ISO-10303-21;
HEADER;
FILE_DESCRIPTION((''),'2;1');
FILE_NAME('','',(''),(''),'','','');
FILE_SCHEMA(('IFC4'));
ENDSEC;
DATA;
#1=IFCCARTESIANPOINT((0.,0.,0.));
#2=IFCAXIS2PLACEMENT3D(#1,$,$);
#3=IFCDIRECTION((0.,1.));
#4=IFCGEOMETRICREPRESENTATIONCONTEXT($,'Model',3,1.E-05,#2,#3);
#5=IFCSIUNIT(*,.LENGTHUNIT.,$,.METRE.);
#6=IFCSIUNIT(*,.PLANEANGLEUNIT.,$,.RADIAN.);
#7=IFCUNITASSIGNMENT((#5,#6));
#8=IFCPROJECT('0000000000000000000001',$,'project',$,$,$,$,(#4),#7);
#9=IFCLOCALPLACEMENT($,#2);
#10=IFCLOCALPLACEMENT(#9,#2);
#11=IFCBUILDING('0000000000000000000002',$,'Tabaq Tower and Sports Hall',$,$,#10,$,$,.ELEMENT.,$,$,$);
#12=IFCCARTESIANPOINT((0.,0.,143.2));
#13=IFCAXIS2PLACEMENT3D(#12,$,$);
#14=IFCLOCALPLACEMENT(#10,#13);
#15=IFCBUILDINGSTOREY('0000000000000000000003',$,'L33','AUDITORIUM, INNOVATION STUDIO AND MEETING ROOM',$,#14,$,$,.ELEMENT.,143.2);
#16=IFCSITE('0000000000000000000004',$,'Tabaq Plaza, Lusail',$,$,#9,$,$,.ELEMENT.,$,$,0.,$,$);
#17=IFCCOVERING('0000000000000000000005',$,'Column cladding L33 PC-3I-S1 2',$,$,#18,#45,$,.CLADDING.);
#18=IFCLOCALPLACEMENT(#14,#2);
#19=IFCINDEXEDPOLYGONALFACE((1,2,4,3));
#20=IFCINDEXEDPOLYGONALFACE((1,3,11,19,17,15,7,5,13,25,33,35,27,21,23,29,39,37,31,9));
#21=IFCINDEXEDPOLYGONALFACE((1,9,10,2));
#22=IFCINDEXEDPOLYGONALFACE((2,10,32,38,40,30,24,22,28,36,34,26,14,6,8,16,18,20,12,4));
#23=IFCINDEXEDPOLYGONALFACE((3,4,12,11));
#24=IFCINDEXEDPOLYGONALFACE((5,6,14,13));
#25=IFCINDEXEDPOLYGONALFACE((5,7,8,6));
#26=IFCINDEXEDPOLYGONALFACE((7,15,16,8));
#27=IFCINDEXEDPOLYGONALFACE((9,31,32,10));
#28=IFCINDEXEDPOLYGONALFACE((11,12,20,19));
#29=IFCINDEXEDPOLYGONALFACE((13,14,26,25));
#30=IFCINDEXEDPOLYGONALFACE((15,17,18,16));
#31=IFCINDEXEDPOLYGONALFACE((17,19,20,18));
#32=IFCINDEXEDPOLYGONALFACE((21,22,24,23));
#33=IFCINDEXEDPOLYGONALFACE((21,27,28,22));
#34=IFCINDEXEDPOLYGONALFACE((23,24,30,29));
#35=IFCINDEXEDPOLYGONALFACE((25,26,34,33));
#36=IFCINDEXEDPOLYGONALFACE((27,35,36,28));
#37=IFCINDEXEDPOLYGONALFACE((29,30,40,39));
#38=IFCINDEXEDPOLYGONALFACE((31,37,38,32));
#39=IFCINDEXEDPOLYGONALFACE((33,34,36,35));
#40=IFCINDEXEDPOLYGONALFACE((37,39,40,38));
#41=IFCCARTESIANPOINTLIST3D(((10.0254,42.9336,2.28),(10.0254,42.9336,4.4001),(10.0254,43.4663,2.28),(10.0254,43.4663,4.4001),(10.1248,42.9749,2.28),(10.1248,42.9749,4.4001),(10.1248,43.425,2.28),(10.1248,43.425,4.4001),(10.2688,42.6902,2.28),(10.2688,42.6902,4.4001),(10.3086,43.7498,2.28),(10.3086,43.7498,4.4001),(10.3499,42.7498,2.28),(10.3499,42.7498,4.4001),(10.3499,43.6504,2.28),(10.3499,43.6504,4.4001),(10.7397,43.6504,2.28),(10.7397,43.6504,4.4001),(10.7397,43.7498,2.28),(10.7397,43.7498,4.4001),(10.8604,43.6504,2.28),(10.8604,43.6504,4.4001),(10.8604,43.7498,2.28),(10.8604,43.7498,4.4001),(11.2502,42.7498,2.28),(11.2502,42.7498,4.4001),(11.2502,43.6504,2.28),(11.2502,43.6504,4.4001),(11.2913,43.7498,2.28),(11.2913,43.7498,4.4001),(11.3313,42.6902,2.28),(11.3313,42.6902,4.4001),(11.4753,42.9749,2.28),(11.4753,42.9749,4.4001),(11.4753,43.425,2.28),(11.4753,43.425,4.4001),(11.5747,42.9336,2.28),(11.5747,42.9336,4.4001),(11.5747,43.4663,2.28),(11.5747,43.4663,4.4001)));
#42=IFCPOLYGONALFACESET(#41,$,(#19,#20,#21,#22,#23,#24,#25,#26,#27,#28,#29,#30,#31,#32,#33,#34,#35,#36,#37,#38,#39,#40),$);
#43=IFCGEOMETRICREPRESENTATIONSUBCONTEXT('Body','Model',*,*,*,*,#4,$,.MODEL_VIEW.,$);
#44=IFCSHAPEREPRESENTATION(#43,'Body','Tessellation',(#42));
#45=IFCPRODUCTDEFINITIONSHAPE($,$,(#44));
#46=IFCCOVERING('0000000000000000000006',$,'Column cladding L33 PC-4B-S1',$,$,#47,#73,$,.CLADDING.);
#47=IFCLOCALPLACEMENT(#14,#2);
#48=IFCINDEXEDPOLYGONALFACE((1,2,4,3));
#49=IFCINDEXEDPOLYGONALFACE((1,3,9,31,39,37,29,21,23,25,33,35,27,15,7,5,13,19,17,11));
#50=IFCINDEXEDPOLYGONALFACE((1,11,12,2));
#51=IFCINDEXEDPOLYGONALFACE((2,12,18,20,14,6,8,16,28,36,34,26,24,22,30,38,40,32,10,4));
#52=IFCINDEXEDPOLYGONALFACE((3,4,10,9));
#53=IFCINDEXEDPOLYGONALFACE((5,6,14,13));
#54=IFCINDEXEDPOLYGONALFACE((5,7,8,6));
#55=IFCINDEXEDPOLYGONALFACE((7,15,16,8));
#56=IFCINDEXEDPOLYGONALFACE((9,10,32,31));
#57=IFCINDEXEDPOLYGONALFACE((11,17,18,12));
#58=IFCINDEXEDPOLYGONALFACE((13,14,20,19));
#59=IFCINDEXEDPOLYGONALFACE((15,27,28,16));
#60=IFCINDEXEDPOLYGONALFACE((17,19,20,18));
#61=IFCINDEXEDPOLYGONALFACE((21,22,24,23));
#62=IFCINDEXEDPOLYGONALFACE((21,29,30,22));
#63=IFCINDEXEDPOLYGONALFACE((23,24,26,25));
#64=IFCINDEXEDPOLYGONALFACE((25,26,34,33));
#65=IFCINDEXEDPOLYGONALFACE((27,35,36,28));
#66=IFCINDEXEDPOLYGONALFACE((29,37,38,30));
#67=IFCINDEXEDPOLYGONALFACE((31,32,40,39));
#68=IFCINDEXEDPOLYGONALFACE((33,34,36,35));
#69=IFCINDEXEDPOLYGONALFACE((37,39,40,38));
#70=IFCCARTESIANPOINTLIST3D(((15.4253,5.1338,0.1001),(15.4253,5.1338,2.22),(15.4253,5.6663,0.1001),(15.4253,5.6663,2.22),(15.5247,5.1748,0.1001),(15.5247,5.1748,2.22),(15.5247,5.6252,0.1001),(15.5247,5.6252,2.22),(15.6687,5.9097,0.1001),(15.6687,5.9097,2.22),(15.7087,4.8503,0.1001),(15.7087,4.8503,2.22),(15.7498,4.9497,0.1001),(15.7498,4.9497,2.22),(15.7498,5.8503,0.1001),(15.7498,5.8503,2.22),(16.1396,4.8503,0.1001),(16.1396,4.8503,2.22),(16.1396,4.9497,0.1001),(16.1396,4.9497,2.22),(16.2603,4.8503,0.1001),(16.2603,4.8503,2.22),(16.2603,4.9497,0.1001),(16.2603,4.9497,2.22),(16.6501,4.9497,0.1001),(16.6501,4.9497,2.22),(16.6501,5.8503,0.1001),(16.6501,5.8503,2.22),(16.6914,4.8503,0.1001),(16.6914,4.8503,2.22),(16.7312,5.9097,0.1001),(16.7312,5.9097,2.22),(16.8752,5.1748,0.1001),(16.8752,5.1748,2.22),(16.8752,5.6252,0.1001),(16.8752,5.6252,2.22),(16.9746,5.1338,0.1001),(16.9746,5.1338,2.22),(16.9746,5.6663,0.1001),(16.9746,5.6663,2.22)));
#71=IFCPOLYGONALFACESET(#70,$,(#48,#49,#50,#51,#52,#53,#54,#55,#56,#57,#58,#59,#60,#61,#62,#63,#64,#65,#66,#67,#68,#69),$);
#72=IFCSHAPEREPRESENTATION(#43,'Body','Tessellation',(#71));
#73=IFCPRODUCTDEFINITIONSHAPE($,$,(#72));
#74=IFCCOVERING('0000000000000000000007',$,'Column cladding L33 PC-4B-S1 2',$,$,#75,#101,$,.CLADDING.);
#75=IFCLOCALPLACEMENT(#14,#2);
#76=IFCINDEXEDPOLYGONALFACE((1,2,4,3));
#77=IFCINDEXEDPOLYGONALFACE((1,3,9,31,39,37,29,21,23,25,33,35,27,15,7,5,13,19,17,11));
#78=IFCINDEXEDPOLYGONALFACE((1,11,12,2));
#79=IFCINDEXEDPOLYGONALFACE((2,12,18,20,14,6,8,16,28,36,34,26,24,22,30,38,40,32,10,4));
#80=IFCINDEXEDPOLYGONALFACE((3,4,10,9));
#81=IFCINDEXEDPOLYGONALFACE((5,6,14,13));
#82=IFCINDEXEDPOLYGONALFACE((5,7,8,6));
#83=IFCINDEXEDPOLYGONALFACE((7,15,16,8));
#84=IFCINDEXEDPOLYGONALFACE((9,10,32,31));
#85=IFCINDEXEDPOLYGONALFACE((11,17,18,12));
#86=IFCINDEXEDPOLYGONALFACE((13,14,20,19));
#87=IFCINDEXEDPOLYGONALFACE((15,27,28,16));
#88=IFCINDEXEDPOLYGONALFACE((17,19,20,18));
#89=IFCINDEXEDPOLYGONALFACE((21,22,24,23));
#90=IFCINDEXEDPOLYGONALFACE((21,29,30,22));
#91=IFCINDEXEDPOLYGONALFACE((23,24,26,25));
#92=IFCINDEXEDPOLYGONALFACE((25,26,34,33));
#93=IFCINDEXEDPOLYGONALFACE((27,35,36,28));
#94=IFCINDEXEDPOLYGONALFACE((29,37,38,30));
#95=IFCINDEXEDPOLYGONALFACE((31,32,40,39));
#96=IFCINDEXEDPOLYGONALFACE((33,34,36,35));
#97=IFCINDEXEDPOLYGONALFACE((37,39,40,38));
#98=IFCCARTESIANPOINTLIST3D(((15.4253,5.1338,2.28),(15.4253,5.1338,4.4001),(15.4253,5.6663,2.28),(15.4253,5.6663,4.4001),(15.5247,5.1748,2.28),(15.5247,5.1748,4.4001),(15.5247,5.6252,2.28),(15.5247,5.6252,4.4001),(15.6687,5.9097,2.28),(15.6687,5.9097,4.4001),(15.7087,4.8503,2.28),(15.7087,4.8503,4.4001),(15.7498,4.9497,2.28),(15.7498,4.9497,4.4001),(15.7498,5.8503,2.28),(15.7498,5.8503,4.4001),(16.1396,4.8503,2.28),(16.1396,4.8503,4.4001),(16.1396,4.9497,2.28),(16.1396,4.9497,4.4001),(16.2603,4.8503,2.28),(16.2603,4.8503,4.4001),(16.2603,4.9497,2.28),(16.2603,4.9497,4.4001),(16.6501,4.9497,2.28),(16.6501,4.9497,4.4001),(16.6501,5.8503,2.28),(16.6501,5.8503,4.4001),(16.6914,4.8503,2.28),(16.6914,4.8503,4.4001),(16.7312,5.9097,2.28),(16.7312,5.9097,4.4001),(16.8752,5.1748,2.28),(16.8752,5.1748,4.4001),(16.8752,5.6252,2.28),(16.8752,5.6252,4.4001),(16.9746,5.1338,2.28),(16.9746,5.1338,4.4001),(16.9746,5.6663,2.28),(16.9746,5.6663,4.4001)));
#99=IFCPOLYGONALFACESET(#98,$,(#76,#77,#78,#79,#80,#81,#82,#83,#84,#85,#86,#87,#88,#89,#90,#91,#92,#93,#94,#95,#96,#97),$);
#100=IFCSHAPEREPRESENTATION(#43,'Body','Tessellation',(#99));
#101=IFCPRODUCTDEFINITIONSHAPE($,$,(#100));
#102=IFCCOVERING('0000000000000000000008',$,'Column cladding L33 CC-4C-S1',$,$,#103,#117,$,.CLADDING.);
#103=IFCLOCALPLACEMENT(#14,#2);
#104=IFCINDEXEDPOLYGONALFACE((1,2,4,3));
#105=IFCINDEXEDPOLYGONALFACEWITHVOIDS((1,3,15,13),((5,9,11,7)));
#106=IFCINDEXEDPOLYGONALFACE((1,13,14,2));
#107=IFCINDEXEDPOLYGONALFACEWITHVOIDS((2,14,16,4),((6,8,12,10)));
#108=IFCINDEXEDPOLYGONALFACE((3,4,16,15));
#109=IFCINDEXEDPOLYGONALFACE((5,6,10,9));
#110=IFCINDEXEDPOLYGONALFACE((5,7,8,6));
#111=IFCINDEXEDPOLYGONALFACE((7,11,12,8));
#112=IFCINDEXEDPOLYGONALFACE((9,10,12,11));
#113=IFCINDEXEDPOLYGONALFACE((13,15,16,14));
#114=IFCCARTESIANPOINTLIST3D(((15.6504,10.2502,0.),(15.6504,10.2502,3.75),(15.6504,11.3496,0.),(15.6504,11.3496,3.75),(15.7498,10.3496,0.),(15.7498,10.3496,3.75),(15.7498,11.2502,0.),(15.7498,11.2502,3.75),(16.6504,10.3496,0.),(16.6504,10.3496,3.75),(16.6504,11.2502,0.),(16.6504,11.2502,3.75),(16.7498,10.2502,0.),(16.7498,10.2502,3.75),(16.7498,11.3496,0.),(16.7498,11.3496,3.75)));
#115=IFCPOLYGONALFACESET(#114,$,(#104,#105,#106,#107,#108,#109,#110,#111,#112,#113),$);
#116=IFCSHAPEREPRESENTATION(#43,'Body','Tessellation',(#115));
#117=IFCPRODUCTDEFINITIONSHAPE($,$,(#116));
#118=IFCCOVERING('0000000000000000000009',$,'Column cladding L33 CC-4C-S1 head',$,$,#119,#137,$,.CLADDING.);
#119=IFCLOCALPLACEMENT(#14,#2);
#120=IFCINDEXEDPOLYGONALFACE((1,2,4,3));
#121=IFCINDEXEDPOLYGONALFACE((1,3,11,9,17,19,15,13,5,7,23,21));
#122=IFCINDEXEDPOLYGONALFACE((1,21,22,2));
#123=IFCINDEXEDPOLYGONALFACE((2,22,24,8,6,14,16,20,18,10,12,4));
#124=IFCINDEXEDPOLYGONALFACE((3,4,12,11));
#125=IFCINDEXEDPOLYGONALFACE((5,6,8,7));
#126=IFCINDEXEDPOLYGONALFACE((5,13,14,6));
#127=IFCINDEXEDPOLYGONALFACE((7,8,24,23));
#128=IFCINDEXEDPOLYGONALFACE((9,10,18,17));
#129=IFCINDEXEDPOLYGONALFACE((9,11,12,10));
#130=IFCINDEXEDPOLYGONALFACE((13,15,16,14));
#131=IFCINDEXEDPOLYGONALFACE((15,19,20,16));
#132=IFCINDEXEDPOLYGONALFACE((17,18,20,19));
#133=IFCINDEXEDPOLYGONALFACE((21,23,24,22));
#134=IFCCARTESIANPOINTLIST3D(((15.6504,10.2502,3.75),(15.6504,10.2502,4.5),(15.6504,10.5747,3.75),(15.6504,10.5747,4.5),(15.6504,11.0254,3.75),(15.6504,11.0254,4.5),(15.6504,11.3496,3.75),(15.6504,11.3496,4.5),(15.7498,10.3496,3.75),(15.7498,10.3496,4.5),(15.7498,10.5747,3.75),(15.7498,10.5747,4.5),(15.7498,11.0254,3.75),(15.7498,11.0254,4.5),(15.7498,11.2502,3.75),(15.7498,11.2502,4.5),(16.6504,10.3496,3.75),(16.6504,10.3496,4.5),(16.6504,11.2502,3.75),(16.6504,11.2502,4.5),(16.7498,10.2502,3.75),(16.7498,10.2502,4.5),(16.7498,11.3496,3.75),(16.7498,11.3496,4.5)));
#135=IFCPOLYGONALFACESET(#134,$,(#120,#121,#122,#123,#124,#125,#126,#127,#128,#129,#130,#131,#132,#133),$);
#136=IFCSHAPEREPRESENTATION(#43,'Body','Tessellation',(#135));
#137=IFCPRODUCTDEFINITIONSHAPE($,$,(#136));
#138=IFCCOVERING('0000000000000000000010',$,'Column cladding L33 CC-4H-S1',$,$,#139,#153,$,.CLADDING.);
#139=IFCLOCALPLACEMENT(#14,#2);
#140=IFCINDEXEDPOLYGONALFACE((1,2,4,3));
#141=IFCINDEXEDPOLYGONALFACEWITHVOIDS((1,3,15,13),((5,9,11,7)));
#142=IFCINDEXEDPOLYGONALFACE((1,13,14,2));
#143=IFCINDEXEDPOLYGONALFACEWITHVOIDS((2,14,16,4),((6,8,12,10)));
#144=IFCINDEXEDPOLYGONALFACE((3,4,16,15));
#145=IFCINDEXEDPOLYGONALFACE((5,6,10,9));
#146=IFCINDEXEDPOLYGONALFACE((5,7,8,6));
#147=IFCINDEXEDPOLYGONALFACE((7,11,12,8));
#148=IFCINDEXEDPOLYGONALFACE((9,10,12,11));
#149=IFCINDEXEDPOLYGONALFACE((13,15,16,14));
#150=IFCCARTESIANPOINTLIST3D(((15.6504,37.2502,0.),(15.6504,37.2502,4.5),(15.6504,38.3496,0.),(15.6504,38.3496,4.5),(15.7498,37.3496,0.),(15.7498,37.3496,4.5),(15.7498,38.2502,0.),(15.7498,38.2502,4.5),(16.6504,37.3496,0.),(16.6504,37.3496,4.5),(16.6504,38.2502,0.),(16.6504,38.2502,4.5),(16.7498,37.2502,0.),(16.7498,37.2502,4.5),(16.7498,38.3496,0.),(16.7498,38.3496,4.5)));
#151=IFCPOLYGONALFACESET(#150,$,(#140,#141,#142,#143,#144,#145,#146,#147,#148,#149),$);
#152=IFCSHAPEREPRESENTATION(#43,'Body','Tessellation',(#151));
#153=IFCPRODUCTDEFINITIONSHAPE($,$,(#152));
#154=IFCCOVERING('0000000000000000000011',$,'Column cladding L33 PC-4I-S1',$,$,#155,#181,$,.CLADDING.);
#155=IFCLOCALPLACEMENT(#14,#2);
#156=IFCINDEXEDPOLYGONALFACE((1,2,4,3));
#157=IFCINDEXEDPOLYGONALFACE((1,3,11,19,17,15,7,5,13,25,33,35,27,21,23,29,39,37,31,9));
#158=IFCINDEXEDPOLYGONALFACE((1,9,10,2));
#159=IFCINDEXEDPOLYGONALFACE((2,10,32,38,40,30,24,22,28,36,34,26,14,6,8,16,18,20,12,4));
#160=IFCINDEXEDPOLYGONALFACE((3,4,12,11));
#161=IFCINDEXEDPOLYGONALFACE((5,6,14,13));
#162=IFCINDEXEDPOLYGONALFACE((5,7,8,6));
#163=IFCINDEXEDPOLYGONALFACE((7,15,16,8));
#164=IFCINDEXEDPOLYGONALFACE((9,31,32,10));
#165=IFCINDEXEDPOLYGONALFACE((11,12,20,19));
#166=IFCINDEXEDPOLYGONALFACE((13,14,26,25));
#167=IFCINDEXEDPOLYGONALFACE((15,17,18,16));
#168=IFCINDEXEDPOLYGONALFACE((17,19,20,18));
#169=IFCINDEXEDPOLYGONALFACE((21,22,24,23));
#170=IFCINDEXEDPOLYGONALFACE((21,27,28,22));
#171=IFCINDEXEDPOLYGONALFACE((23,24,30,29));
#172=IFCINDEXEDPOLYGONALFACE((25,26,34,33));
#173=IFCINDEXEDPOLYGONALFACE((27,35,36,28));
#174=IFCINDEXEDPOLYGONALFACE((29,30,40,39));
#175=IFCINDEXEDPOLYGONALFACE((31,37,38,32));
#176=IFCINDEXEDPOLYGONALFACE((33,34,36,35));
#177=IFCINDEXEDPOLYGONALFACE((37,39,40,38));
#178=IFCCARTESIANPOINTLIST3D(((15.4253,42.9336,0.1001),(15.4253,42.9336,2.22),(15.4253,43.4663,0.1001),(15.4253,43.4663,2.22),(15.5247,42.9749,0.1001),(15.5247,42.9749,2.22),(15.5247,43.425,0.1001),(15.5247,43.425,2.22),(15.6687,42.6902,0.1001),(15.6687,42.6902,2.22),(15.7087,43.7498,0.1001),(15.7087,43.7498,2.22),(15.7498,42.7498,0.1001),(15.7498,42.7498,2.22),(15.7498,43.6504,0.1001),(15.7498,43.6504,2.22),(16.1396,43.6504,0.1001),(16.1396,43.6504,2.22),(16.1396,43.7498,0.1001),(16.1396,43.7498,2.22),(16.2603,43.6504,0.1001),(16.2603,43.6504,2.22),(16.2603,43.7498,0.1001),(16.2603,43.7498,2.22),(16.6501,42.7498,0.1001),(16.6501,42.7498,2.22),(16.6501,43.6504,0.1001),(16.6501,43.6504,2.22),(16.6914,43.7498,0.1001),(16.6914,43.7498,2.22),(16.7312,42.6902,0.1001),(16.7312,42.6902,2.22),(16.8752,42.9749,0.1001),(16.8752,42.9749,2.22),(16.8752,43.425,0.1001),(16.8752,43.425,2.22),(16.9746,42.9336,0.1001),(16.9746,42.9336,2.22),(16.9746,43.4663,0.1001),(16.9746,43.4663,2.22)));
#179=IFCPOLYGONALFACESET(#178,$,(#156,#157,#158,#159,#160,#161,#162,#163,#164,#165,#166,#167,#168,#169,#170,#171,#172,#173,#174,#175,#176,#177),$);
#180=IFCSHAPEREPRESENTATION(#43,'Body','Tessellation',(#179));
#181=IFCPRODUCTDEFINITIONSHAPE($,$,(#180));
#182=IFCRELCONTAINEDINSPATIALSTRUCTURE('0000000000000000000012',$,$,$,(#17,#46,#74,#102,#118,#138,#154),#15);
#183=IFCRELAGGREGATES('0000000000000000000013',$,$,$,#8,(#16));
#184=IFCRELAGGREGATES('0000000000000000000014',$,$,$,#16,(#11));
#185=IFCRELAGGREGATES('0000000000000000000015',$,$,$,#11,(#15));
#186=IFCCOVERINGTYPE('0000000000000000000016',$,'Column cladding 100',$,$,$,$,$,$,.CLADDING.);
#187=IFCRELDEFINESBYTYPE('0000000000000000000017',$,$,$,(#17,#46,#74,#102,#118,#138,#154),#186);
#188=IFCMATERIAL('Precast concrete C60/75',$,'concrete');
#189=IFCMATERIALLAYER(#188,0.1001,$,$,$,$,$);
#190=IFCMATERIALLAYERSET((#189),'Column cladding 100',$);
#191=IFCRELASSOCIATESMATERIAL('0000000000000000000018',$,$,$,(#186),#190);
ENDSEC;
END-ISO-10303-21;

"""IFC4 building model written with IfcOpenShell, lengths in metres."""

from ifc_helpers import new_model, si_unit, direction, frame, origin, place, context, subcontext, project, spatial, polyline, outline, extrude, material, layer, layer_set, type_object, element, save


model = new_model("IFC4")

# Units and contexts
model_context = context("Model", 3, precision=1e-05, world=origin(), true_north=direction((0.0, 1.0)))
body_context = subcontext(model_context, "Body", "Model", "MODEL_VIEW")
ifc_project = project(units=[si_unit("LENGTHUNIT", "METRE"), si_unit("PLANEANGLEUNIT", "RADIAN")], contexts=[model_context])

# Site, building, storey
site_placement = place(None, origin())
site = spatial("IfcSite", under=ifc_project, at=site_placement, Name="Tabaq Plaza, Lusail", CompositionType="ELEMENT", RefElevation=0.0)
building_placement = place(site_placement, origin())
building = spatial("IfcBuilding", under=site, at=building_placement, Name="Tabaq Tower and Sports Hall", CompositionType="ELEMENT")
storey_placement = place(building_placement, frame((0.0, 0.0, 143.2)))
storey = spatial("IfcBuildingStorey", under=building, at=storey_placement, Name="L33", Description="AUDITORIUM, INNOVATION STUDIO AND MEETING ROOM", CompositionType="ELEMENT", Elevation=143.2)

# Coverings
ifc_material_1 = material(Name="Precast concrete C60/75", Category="concrete")
ifc_layer_1 = layer(ifc_material_1, 0.1001)
ifc_layer_set_1 = layer_set([ifc_layer_1], Name="Column cladding 100")
covering_type = type_object("IfcCoveringType", Name="Column cladding 100", PredefinedType="CLADDING", material=ifc_layer_set_1)
covering_1_placement = place(storey_placement, frame((0.0, 0.0, 2.28)))
element("IfcCovering", 1, at=covering_1_placement, inside=storey, type_object=covering_type, Name="Column cladding L33 PC-3I-S1 2", PredefinedType="CLADDING", context=body_context, shape_type="SweptSolid", body=[
    extrude(outline(polyline([(10.0254, 43.4663), (10.3086, 43.7498), (10.7397, 43.7498), (10.7397, 43.6504), (10.3499, 43.6504), (10.1248, 43.425), (10.1248, 42.9749), (10.3499, 42.7498), (11.2502, 42.7498), (11.4753, 42.9749), (11.4753, 43.425), (11.2502, 43.6504), (10.8604, 43.6504), (10.8604, 43.7498), (11.2913, 43.7498), (11.5747, 43.4663), (11.5747, 42.9336), (11.3313, 42.6902), (10.2688, 42.6902), (10.0254, 42.9336), (10.0254, 43.4663)])), origin(), (0.0, 0.0, 1.0), 2.1201),
])
covering_2_placement = place(storey_placement, frame((0.0, 0.0, 0.1001)))
element("IfcCovering", 2, at=covering_2_placement, inside=storey, type_object=covering_type, Name="Column cladding L33 PC-4B-S1", PredefinedType="CLADDING", context=body_context, shape_type="SweptSolid", body=[
    extrude(outline(polyline([(15.4253, 5.6663), (15.6687, 5.9097), (16.7312, 5.9097), (16.9746, 5.6663), (16.9746, 5.1338), (16.6914, 4.8503), (16.2603, 4.8503), (16.2603, 4.9497), (16.6501, 4.9497), (16.8752, 5.1748), (16.8752, 5.6252), (16.6501, 5.8503), (15.7498, 5.8503), (15.5247, 5.6252), (15.5247, 5.1748), (15.7498, 4.9497), (16.1396, 4.9497), (16.1396, 4.8503), (15.7087, 4.8503), (15.4253, 5.1338), (15.4253, 5.6663)])), origin(), (0.0, 0.0, 1.0), 2.1199),
])
covering_3_placement = place(storey_placement, frame((0.0, 0.0, 2.28)))
element("IfcCovering", 3, at=covering_3_placement, inside=storey, type_object=covering_type, Name="Column cladding L33 PC-4B-S1 2", PredefinedType="CLADDING", context=body_context, shape_type="SweptSolid", body=[
    extrude(outline(polyline([(15.4253, 5.6663), (15.6687, 5.9097), (16.7312, 5.9097), (16.9746, 5.6663), (16.9746, 5.1338), (16.6914, 4.8503), (16.2603, 4.8503), (16.2603, 4.9497), (16.6501, 4.9497), (16.8752, 5.1748), (16.8752, 5.6252), (16.6501, 5.8503), (15.7498, 5.8503), (15.5247, 5.6252), (15.5247, 5.1748), (15.7498, 4.9497), (16.1396, 4.9497), (16.1396, 4.8503), (15.7087, 4.8503), (15.4253, 5.1338), (15.4253, 5.6663)])), origin(), (0.0, 0.0, 1.0), 2.1201),
])
covering_4_placement = place(storey_placement, origin())
element("IfcCovering", 4, at=covering_4_placement, inside=storey, type_object=covering_type, Name="Column cladding L33 CC-4C-S1", PredefinedType="CLADDING", context=body_context, shape_type="SweptSolid", body=[
    extrude(outline(polyline([(15.6504, 11.3496), (16.7498, 11.3496), (16.7498, 10.2502), (15.6504, 10.2502), (15.6504, 11.3496)]), holes=[polyline([(16.6504, 10.3496), (16.6504, 11.2502), (15.7498, 11.2502), (15.7498, 10.3496), (16.6504, 10.3496)])]), origin(), (0.0, 0.0, 1.0), 3.75),
])
covering_5_placement = place(storey_placement, frame((0.0, 0.0, 3.75)))
element("IfcCovering", 5, at=covering_5_placement, inside=storey, type_object=covering_type, Name="Column cladding L33 CC-4C-S1 head", PredefinedType="CLADDING", context=body_context, shape_type="SweptSolid", body=[
    extrude(outline(polyline([(16.7498, 11.3496), (16.7498, 10.2502), (15.6504, 10.2502), (15.6504, 10.5747), (15.7498, 10.5747), (15.7498, 10.3496), (16.6504, 10.3496), (16.6504, 11.2502), (15.7498, 11.2502), (15.7498, 11.0254), (15.6504, 11.0254), (15.6504, 11.3496), (16.7498, 11.3496)])), origin(), (0.0, 0.0, 1.0), 0.75),
])
covering_6_placement = place(storey_placement, origin())
element("IfcCovering", 6, at=covering_6_placement, inside=storey, type_object=covering_type, Name="Column cladding L33 CC-4H-S1", PredefinedType="CLADDING", context=body_context, shape_type="SweptSolid", body=[
    extrude(outline(polyline([(15.6504, 38.3496), (16.7498, 38.3496), (16.7498, 37.2502), (15.6504, 37.2502), (15.6504, 38.3496)]), holes=[polyline([(16.6504, 37.3496), (16.6504, 38.2502), (15.7498, 38.2502), (15.7498, 37.3496), (16.6504, 37.3496)])]), origin(), (0.0, 0.0, 1.0), 4.5),
])
covering_7_placement = place(storey_placement, frame((0.0, 0.0, 0.1001)))
element("IfcCovering", 7, at=covering_7_placement, inside=storey, type_object=covering_type, Name="Column cladding L33 PC-4I-S1", PredefinedType="CLADDING", context=body_context, shape_type="SweptSolid", body=[
    extrude(outline(polyline([(15.4253, 43.4663), (15.7087, 43.7498), (16.1396, 43.7498), (16.1396, 43.6504), (15.7498, 43.6504), (15.5247, 43.425), (15.5247, 42.9749), (15.7498, 42.7498), (16.6501, 42.7498), (16.8752, 42.9749), (16.8752, 43.425), (16.6501, 43.6504), (16.2603, 43.6504), (16.2603, 43.7498), (16.6914, 43.7498), (16.9746, 43.4663), (16.9746, 42.9336), (16.7312, 42.6902), (15.6687, 42.6902), (15.4253, 42.9336), (15.4253, 43.4663)])), origin(), (0.0, 0.0, 1.0), 2.1199),
])

save(model, "model.ifc")
